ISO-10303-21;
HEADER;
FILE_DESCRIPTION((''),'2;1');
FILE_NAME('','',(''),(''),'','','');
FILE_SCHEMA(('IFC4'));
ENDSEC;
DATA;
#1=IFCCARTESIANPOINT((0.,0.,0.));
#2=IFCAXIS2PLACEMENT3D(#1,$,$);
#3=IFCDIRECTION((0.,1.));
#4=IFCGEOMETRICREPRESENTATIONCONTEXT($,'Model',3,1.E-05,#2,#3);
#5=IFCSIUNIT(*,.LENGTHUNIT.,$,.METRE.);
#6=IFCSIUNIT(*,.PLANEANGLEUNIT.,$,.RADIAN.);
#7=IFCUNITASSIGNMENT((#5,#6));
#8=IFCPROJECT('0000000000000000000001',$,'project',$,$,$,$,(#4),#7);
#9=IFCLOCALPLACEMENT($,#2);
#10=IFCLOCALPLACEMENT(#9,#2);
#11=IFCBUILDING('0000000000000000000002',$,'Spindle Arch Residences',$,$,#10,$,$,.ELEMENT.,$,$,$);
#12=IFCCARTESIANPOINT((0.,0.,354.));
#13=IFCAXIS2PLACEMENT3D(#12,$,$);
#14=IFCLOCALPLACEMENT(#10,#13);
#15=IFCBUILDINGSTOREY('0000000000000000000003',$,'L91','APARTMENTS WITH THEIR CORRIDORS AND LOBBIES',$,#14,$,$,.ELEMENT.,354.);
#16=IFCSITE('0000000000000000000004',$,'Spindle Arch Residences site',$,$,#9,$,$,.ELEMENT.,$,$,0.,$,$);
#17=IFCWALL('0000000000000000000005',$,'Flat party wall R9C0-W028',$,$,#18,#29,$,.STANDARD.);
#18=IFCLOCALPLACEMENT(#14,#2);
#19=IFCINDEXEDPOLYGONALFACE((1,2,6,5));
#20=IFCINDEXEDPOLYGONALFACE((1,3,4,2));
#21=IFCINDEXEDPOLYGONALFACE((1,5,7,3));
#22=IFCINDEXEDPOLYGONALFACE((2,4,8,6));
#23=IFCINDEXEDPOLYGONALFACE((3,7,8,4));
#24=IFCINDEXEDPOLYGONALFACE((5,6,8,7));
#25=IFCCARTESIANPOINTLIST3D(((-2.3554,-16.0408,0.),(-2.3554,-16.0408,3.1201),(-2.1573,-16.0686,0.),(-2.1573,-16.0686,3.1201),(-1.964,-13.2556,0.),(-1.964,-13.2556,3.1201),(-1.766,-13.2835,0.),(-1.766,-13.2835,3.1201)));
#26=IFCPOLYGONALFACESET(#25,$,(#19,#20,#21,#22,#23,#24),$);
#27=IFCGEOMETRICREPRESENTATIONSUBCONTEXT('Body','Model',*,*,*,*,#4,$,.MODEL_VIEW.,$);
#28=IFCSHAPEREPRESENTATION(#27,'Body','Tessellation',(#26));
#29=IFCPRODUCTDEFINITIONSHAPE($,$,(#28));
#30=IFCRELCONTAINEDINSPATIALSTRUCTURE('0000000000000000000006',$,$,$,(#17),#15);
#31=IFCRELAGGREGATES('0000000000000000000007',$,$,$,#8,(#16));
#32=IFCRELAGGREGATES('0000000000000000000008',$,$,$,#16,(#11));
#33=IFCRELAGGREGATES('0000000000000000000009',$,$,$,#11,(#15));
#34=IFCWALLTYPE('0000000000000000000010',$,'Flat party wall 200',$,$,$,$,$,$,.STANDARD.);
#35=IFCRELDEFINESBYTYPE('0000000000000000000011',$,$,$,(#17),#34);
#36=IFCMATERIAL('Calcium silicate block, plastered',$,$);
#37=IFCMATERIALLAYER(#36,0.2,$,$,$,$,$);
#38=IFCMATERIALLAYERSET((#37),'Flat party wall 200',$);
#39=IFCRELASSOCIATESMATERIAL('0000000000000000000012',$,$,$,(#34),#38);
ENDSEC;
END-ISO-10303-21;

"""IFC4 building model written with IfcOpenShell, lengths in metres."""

from ifc_helpers import new_model, si_unit, direction, frame, frame_2d, origin, place, context, subcontext, project, spatial, rectangle, extrude, material, layer, layer_set, type_object, element, save


model = new_model("IFC4")

# Units and contexts
model_context = context("Model", 3, precision=1e-05, world=origin(), true_north=direction((0.0, 1.0)))
body_context = subcontext(model_context, "Body", "Model", "MODEL_VIEW")
ifc_project = project(units=[si_unit("LENGTHUNIT", "METRE"), si_unit("PLANEANGLEUNIT", "RADIAN")], contexts=[model_context])

# Site, building, storey
site_placement = place(None, origin())
site = spatial("IfcSite", under=ifc_project, at=site_placement, Name="Spindle Arch Residences site", CompositionType="ELEMENT", RefElevation=0.0)
building_placement = place(site_placement, origin())
building = spatial("IfcBuilding", under=site, at=building_placement, Name="Spindle Arch Residences", CompositionType="ELEMENT")
storey_placement = place(building_placement, frame((0.0, 0.0, 354.0)))
storey = spatial("IfcBuildingStorey", under=building, at=storey_placement, Name="L91", Description="APARTMENTS WITH THEIR CORRIDORS AND LOBBIES", CompositionType="ELEMENT", Elevation=354.0)

# Wall
ifc_material_1 = material(Name="Calcium silicate block, plastered")
ifc_layer_1 = layer(ifc_material_1, 0.2)
ifc_layer_set_1 = layer_set([ifc_layer_1], Name="Flat party wall 200")
wall_type_1 = type_object("IfcWallType", Name="Flat party wall 200", PredefinedType="STANDARD", material=ifc_layer_set_1)
wall_1_placement = place(storey_placement, frame((-2.2563, -16.0547, 0.0), z_axis=(0.0, 0.0, 1.0), x_axis=(0.139148, 0.990272, 0.0)))
element("IfcWall", 1, at=wall_1_placement, inside=storey, type_object=wall_type_1, Name="Flat party wall R9C0-W028", PredefinedType="STANDARD", context=body_context, shape_type="SweptSolid", body=[
    extrude(rectangle(XDim=2.8125, YDim=0.2, at=frame_2d((1.4062, 0.0))), origin(), (0.0, 0.0, 1.0), 3.1201),
])

save(model, "model.ifc")
